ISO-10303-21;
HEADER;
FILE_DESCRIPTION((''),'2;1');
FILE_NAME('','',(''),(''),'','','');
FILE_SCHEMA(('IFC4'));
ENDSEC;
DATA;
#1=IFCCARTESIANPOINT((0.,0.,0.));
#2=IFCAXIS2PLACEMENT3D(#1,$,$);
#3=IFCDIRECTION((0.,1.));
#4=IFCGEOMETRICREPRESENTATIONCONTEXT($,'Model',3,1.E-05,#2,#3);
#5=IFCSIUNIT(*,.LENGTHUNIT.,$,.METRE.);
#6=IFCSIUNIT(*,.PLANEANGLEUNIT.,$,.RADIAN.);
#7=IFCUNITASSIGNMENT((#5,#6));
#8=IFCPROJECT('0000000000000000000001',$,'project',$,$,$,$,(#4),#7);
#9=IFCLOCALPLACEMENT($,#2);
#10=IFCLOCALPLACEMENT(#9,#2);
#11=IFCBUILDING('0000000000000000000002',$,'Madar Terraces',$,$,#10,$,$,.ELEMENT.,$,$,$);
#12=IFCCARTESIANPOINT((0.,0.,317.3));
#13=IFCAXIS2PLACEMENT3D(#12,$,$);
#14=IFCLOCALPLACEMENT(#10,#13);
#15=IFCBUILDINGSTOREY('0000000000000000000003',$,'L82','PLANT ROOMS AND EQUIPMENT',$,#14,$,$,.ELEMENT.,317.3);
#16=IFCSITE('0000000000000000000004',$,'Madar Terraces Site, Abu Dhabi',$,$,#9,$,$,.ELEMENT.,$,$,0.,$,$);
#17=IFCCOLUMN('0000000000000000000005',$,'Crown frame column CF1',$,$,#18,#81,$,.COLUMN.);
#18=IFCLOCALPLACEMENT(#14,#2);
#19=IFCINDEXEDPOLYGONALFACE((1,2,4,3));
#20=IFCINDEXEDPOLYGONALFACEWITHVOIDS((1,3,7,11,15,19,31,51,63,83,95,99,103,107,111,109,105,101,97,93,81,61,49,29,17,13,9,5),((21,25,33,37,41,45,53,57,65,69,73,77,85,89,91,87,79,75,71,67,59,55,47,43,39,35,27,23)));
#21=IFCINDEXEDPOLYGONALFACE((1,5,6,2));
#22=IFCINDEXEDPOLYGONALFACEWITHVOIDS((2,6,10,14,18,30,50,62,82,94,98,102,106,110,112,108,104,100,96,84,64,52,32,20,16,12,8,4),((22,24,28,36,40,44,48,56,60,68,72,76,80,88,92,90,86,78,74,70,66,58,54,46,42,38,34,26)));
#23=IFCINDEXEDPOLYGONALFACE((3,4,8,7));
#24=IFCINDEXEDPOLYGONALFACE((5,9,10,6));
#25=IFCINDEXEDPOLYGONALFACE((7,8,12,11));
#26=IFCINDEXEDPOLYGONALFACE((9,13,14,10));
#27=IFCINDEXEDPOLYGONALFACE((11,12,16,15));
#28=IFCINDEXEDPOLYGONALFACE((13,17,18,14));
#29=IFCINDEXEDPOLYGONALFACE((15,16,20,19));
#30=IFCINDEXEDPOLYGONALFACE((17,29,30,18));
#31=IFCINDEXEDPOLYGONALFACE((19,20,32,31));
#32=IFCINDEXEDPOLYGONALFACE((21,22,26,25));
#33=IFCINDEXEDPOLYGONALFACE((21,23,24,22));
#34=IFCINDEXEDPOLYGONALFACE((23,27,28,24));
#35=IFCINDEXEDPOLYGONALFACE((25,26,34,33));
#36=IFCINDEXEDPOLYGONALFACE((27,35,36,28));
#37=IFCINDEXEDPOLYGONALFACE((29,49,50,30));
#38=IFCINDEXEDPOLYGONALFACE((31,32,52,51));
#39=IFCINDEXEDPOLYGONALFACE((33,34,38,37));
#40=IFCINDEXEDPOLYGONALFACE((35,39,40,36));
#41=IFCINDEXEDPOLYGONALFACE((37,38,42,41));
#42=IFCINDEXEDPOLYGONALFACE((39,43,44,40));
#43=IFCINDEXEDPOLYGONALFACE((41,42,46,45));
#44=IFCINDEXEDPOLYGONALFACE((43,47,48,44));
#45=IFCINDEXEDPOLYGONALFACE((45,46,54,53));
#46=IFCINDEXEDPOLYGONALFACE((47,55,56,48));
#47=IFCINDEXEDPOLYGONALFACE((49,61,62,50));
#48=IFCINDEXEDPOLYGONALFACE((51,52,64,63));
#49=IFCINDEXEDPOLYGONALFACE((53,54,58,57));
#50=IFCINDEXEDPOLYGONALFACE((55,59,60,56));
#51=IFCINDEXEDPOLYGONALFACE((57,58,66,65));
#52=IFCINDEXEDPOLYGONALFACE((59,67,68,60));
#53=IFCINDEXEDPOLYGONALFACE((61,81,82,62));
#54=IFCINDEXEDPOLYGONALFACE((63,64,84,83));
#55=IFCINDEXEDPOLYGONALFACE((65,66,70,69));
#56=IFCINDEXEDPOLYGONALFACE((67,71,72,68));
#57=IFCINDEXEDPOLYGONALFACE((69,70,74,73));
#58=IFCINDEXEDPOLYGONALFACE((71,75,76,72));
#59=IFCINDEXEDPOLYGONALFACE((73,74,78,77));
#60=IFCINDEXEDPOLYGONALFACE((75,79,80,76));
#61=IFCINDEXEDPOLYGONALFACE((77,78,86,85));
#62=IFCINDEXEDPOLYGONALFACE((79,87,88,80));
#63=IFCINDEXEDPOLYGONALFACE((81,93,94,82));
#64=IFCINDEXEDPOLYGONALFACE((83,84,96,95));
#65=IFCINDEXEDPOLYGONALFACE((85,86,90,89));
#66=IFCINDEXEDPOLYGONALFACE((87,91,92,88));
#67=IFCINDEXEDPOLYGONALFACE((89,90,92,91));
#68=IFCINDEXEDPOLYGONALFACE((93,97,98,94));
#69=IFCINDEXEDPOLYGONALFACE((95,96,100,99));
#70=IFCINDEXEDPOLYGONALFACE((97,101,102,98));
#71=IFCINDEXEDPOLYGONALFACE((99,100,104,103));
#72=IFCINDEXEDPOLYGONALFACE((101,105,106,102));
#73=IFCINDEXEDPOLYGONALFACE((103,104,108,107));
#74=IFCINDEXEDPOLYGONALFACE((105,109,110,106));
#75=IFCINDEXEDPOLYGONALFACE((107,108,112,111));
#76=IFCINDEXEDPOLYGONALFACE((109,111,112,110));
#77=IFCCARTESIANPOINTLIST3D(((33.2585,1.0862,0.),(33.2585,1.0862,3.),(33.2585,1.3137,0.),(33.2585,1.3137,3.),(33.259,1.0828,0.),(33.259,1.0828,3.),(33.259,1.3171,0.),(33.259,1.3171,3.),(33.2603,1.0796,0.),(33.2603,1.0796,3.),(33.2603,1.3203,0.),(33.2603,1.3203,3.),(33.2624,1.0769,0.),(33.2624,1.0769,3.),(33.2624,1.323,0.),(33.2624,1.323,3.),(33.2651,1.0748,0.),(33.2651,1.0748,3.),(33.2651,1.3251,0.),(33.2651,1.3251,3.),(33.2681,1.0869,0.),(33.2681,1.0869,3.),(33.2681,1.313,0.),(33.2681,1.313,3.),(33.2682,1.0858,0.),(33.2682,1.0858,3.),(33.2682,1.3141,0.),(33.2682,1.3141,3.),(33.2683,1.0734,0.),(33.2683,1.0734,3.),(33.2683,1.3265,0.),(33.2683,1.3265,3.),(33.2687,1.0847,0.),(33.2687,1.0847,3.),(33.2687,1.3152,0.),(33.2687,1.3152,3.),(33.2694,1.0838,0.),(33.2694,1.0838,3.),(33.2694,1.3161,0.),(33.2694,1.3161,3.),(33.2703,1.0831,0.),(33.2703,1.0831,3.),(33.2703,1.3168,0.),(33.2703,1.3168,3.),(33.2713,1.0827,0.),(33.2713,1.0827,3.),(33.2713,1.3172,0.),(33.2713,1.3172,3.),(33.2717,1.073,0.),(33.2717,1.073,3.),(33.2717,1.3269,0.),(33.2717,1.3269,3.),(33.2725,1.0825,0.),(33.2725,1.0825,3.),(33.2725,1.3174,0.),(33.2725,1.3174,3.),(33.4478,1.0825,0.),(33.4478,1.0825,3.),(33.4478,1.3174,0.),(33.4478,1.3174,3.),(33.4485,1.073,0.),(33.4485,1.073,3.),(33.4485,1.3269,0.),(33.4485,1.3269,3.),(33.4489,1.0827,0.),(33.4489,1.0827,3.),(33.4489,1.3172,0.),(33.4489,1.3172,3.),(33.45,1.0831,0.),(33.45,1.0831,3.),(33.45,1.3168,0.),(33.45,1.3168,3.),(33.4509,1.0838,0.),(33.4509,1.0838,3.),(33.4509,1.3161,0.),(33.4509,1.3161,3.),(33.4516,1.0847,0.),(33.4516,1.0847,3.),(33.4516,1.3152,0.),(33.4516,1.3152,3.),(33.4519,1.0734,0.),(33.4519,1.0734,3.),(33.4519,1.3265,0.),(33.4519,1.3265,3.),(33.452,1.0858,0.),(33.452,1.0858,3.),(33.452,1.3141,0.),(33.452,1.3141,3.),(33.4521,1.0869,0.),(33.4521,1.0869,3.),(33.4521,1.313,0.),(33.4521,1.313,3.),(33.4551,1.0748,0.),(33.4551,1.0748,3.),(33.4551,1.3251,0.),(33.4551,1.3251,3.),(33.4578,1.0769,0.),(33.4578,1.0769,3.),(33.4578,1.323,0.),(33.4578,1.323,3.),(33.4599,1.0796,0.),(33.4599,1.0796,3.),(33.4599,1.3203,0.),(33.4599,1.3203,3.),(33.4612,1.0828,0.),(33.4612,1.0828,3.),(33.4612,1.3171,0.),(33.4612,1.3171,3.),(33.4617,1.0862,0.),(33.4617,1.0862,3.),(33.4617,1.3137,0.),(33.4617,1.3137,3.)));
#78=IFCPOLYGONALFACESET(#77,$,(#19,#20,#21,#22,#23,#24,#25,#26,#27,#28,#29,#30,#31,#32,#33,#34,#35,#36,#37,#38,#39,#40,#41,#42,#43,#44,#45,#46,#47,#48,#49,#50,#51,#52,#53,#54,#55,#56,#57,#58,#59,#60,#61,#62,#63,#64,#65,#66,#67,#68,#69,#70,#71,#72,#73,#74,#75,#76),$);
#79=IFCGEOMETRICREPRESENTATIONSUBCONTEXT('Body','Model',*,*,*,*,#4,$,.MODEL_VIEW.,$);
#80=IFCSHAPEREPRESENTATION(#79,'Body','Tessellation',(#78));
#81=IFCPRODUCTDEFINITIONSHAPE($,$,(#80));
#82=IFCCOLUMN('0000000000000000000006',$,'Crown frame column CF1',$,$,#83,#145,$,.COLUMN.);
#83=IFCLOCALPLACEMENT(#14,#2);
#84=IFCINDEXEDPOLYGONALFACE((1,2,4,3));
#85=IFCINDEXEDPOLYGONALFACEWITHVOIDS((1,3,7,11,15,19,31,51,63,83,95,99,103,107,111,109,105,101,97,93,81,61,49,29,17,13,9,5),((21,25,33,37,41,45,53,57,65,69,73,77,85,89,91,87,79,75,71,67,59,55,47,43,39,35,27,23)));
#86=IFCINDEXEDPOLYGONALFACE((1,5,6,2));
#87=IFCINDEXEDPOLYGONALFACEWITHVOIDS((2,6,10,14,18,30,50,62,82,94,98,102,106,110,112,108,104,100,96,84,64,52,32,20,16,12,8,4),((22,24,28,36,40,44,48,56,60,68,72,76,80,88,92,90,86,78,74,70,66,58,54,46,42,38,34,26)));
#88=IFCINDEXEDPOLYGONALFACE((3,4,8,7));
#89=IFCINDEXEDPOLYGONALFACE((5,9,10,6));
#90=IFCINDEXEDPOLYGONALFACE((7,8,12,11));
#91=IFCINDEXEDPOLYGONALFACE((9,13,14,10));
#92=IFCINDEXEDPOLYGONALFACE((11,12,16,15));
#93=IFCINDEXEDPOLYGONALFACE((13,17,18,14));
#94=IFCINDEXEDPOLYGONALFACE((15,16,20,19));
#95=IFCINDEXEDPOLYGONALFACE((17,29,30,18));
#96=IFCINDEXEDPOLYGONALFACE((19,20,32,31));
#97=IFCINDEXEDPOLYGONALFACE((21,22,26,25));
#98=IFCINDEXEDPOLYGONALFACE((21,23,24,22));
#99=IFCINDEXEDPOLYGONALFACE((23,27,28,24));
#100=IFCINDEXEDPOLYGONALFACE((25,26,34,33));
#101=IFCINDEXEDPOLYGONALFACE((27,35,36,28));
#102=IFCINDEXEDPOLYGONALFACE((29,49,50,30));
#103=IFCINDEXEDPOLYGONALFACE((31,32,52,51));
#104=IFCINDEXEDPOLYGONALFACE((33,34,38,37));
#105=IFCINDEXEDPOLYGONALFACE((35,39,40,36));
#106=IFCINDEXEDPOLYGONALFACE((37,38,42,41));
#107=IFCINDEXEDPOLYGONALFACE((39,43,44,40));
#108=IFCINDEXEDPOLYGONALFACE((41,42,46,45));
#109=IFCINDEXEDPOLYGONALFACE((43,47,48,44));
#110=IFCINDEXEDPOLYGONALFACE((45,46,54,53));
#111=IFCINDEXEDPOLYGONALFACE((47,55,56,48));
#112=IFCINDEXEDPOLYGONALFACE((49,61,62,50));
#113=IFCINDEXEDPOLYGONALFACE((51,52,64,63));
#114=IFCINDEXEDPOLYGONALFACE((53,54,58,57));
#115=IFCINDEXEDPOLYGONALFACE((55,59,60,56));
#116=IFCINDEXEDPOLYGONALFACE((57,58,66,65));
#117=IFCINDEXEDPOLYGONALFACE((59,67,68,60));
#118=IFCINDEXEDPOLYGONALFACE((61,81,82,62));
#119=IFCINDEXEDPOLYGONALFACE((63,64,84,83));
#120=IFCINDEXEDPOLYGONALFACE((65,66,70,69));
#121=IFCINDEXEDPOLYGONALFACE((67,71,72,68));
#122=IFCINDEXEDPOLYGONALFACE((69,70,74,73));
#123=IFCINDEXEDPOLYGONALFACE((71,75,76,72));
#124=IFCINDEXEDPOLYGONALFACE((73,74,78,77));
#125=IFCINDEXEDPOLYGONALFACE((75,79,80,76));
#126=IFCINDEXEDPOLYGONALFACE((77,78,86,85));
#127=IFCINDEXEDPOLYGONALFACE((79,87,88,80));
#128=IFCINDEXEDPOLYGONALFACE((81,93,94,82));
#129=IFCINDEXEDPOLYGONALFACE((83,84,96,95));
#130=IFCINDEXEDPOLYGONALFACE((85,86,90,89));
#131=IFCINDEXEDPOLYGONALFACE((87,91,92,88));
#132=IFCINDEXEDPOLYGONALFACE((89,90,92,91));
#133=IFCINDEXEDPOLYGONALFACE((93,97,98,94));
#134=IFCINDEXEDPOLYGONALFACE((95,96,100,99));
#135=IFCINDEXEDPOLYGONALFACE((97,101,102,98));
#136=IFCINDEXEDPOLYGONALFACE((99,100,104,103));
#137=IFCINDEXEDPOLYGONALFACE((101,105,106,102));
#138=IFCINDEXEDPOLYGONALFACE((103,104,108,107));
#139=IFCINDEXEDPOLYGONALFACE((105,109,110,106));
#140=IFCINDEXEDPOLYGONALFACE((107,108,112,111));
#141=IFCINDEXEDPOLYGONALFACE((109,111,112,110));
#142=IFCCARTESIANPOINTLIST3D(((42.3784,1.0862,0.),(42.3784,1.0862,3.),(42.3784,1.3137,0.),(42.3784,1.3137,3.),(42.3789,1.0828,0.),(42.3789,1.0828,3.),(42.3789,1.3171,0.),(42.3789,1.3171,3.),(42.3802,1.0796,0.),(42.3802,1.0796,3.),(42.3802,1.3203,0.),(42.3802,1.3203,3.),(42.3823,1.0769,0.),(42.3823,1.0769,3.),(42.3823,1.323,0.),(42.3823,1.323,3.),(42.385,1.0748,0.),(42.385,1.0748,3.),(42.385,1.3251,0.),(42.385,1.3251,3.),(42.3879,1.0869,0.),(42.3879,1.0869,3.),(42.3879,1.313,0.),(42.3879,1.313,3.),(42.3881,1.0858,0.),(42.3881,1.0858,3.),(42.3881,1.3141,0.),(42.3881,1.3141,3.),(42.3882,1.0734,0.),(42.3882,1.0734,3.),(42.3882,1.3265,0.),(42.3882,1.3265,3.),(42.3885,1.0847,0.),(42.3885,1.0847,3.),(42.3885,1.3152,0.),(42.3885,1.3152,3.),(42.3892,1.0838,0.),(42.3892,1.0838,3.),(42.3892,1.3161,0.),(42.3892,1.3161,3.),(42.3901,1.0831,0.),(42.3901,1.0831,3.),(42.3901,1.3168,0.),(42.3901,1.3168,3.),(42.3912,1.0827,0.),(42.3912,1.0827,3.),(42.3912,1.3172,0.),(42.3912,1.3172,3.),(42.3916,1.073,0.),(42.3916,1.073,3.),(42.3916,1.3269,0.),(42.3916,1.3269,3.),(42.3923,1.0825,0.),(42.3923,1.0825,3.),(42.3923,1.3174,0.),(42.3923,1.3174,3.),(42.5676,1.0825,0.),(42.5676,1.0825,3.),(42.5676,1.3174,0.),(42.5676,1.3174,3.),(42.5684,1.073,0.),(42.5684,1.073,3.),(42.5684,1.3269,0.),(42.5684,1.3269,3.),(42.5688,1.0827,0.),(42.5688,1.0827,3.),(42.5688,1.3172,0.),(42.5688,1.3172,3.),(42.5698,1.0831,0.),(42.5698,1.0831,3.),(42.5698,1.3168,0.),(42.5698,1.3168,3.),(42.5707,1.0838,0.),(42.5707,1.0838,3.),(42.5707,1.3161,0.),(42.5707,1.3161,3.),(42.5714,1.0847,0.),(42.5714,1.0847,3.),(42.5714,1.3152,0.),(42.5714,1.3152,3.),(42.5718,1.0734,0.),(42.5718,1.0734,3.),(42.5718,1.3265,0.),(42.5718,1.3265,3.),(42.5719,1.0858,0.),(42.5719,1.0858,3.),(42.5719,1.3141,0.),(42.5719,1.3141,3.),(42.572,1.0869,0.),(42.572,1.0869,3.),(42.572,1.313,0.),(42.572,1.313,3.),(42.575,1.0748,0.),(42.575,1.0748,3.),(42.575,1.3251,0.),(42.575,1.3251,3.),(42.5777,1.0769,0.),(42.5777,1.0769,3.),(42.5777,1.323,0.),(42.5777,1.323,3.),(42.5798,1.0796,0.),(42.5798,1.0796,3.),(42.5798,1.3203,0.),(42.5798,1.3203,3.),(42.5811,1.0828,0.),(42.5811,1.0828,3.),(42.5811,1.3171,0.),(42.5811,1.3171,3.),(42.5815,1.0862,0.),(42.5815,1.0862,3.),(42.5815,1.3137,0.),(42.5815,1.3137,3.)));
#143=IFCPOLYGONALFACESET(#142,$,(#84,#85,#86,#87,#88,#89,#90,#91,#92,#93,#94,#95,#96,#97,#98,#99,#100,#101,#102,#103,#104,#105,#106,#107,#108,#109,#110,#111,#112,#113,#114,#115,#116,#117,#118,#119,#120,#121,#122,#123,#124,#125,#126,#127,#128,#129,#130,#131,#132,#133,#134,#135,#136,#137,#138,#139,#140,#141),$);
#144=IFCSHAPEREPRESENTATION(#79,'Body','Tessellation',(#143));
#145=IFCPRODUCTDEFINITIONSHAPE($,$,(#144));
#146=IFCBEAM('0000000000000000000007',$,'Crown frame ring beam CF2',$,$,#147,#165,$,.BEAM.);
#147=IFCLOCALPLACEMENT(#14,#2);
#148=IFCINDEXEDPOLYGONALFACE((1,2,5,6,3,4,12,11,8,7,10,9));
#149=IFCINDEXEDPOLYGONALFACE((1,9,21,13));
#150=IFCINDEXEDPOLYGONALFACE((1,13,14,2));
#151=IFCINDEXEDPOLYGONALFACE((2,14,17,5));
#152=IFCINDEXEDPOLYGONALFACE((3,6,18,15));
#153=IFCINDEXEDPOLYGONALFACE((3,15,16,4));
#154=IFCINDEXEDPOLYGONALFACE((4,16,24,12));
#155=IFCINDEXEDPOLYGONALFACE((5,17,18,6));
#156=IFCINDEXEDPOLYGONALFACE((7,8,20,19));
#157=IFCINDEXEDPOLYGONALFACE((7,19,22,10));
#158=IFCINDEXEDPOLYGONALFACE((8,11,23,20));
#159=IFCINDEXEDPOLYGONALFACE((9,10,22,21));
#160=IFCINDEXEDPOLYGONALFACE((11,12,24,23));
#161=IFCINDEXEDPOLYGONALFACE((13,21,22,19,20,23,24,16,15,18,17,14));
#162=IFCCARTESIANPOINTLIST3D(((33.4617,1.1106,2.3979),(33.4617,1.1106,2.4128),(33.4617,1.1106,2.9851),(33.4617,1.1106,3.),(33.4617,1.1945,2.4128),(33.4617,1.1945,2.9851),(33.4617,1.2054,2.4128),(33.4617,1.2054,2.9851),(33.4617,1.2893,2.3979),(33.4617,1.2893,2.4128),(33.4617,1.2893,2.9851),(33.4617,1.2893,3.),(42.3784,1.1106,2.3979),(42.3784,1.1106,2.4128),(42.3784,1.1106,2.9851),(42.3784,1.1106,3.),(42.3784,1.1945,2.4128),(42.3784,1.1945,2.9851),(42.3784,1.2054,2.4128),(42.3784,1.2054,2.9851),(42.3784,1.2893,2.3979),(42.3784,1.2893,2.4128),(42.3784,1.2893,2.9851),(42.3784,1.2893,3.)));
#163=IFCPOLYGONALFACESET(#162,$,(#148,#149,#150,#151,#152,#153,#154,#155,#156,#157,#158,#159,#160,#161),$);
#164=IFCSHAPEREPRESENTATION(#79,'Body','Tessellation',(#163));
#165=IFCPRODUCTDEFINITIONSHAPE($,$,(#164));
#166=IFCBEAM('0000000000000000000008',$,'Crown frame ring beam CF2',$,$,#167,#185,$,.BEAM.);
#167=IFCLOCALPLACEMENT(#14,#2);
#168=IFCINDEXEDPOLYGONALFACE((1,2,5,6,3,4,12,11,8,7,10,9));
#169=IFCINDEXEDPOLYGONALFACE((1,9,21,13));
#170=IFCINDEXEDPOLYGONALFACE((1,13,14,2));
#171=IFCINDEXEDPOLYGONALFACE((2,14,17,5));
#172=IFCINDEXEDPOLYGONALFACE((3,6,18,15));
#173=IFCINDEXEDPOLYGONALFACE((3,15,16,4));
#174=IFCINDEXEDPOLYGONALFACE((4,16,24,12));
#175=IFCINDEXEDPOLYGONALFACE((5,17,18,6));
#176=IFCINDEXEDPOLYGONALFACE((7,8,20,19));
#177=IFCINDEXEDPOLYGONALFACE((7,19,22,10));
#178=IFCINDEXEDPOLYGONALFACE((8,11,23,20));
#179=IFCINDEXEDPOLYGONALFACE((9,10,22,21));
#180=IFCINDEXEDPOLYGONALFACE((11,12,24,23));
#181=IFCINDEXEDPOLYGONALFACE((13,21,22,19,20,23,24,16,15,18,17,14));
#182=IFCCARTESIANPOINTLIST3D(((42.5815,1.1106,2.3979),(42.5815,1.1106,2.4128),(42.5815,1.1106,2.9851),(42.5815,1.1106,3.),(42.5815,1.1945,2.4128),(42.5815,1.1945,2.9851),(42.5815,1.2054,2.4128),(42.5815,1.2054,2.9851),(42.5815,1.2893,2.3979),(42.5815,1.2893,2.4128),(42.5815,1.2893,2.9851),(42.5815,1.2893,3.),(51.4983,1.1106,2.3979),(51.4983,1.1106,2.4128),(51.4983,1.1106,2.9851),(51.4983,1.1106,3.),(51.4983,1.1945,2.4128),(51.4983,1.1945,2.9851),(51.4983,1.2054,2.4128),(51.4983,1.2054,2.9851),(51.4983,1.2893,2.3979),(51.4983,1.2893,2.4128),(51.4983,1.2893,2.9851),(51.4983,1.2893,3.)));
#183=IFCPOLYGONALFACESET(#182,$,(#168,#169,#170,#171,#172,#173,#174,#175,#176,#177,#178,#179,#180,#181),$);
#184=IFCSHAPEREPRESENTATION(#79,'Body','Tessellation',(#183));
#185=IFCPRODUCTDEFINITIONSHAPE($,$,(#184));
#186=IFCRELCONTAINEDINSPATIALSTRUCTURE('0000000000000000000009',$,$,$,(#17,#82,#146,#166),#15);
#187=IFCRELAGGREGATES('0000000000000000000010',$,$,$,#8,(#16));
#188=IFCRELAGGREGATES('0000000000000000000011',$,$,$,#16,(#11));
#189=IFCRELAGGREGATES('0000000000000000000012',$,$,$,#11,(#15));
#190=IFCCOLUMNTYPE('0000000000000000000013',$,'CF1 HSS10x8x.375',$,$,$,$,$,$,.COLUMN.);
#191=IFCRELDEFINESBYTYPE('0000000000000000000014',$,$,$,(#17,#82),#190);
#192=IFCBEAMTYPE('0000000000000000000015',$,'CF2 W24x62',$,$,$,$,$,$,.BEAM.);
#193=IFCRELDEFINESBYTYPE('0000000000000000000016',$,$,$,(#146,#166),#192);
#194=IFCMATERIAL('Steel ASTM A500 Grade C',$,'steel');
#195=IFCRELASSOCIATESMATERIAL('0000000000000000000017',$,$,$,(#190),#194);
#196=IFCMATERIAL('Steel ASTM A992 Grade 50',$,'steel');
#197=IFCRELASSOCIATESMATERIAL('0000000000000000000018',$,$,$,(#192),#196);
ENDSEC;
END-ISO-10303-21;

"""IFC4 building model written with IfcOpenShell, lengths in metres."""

from ifc_helpers import new_model, si_unit, direction, frame, origin, origin_2d, place, context, subcontext, project, spatial, hollow_rectangle, i_section, extrude, material, material_profile, profile_set, type_object, element, save


model = new_model("IFC4")

# Units and contexts
model_context = context("Model", 3, precision=1e-05, world=origin(), true_north=direction((0.0, 1.0)))
body_context = subcontext(model_context, "Body", "Model", "MODEL_VIEW")
ifc_project = project(units=[si_unit("LENGTHUNIT", "METRE"), si_unit("PLANEANGLEUNIT", "RADIAN")], contexts=[model_context])

# Site, building, storey
site_placement = place(None, origin())
site = spatial("IfcSite", under=ifc_project, at=site_placement, Name="Madar Terraces Site, Abu Dhabi", CompositionType="ELEMENT", RefElevation=0.0)
building_placement = place(site_placement, origin())
building = spatial("IfcBuilding", under=site, at=building_placement, Name="Madar Terraces", CompositionType="ELEMENT")
storey_placement = place(building_placement, frame((0.0, 0.0, 317.3)))
storey = spatial("IfcBuildingStorey", under=building, at=storey_placement, Name="L82", Description="PLANT ROOMS AND EQUIPMENT", CompositionType="ELEMENT", Elevation=317.3)

# Columns
ifc_material_1 = material(Name="Steel ASTM A500 Grade C", Category="steel")
ifc_material_profile_1 = material_profile(ifc_material_1, hollow_rectangle(XDim=0.2031, YDim=0.2539, WallThickness=0.0095, InnerFilletRadius=0.0044, OuterFilletRadius=0.0132, at=origin_2d()), Name="HSS10x8x.375")
ifc_profile_set_1 = profile_set([ifc_material_profile_1], Name="Steel ASTM A500 Grade C")
column_type = type_object("IfcColumnType", Name="CF1 HSS10x8x.375", PredefinedType="COLUMN", material=ifc_profile_set_1)
for number, where, z_axis, x_axis, name in (
    (1, (33.3601, 1.2, 0.0), (0.0, 0.0, 1.0), (1.0, 0.0, 0.0), "Crown frame column CF1"),
    (2, (42.48, 1.2, 0.0), (0.0, 0.0, 1.0), (1.0, 0.0, 0.0), "Crown frame column CF1"),
):
    element("IfcColumn", number, at=place(storey_placement, frame(where, z_axis=z_axis, x_axis=x_axis)), inside=storey, type_object=column_type, Name=name, PredefinedType="COLUMN", context=body_context, shape_type="SweptSolid", body=[
        extrude(hollow_rectangle(XDim=0.2031, YDim=0.2539, WallThickness=0.0095, InnerFilletRadius=0.0044, OuterFilletRadius=0.0132, at=origin_2d()), origin(), (0.0, 0.0, 1.0), 3.0),
    ])

# Beams
ifc_material_2 = material(Name="Steel ASTM A992 Grade 50", Category="steel")
ifc_material_profile_2 = material_profile(ifc_material_2, i_section(OverallWidth=0.1787, OverallDepth=0.6021, WebThickness=0.011, FlangeThickness=0.0149, at=origin_2d()), Name="W24x62")
ifc_profile_set_2 = profile_set([ifc_material_profile_2], Name="Steel ASTM A992 Grade 50")
beam_type = type_object("IfcBeamType", Name="CF2 W24x62", PredefinedType="BEAM", material=ifc_profile_set_2)
for number, where, z_axis, x_axis, name in (
    (3, (33.4617, 1.2, 2.699), (1.0, 0.0, 0.0), (0.0, 1.0, 0.0), "Crown frame ring beam CF2"),
    (4, (42.5815, 1.2, 2.699), (1.0, 0.0, 0.0), (0.0, 1.0, 0.0), "Crown frame ring beam CF2"),
):
    element("IfcBeam", number, at=place(storey_placement, frame(where, z_axis=z_axis, x_axis=x_axis)), inside=storey, type_object=beam_type, Name=name, PredefinedType="BEAM", context=body_context, shape_type="SweptSolid", body=[
        extrude(i_section(OverallWidth=0.1787, OverallDepth=0.6021, WebThickness=0.011, FlangeThickness=0.0149, at=origin_2d()), origin(), (0.0, 0.0, 1.0), 8.9167),
    ])

save(model, "model.ifc")
